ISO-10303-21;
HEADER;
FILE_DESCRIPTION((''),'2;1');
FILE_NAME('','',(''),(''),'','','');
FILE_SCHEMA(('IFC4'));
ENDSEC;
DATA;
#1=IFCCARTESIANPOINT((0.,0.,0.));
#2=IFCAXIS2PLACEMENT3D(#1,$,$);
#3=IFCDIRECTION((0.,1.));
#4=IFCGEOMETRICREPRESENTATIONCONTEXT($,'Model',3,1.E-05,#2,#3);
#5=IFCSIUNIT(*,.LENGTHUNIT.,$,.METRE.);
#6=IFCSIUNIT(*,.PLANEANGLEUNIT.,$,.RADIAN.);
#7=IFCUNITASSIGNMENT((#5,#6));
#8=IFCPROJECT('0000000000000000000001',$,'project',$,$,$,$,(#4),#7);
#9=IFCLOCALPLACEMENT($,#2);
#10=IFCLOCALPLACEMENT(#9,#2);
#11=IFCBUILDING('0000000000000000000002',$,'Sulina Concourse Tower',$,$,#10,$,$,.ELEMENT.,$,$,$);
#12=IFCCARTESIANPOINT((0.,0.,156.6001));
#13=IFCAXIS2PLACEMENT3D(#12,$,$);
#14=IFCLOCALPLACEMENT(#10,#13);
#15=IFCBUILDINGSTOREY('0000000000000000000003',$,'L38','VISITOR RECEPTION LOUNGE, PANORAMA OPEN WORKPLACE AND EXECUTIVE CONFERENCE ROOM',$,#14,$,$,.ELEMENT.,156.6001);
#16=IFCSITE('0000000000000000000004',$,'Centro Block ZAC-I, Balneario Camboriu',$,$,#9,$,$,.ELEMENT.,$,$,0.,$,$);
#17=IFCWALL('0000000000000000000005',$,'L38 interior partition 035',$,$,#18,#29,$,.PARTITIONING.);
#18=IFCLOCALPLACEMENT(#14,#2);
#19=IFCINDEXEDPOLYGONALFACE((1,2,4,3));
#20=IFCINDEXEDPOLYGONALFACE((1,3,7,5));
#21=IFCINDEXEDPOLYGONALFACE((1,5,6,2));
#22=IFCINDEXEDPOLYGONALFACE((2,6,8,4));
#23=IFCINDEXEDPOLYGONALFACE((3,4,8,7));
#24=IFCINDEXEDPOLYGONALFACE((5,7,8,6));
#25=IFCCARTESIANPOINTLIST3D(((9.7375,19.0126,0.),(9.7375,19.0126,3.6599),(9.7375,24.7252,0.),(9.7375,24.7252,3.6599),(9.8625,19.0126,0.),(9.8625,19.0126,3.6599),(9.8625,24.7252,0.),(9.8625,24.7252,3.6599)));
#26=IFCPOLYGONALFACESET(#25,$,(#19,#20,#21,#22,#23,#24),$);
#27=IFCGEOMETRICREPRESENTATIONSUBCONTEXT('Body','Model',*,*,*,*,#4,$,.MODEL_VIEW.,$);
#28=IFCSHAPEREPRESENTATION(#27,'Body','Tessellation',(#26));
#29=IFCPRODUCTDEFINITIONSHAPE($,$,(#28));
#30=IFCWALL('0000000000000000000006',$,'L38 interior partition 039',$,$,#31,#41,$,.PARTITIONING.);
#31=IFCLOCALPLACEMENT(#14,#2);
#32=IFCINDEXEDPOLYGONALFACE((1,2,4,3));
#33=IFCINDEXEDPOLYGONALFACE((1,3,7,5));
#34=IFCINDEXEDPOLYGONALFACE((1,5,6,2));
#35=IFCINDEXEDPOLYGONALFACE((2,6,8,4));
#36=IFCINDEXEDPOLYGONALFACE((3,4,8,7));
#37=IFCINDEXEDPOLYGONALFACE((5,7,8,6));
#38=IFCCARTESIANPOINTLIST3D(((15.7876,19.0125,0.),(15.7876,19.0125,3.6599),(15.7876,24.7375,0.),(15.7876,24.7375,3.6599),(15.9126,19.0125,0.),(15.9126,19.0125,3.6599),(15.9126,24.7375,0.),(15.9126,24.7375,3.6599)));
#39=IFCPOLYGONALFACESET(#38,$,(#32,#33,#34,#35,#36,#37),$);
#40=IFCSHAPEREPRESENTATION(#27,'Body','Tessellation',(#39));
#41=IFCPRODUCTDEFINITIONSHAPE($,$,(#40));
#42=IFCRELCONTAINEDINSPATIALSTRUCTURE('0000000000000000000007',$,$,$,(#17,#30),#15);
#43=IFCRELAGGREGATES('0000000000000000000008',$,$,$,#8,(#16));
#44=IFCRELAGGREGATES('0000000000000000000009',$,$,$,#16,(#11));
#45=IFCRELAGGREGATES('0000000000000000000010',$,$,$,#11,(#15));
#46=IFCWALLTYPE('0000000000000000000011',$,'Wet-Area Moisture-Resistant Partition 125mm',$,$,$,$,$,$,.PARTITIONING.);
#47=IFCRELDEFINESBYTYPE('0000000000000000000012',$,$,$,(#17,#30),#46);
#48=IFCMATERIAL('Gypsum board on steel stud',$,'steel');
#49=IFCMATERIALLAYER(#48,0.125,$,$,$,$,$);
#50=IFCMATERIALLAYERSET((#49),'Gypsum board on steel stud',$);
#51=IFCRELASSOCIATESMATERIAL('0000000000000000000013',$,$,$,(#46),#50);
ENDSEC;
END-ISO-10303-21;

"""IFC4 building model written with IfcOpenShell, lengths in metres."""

from ifc_helpers import new_model, si_unit, direction, frame, frame_2d, origin, place, context, subcontext, project, spatial, rectangle, extrude, material, layer, layer_set, type_object, element, save


model = new_model("IFC4")

# Units and contexts
model_context = context("Model", 3, precision=1e-05, world=origin(), true_north=direction((0.0, 1.0)))
body_context = subcontext(model_context, "Body", "Model", "MODEL_VIEW")
ifc_project = project(units=[si_unit("LENGTHUNIT", "METRE"), si_unit("PLANEANGLEUNIT", "RADIAN")], contexts=[model_context])

# Site, building, storey
site_placement = place(None, origin())
site = spatial("IfcSite", under=ifc_project, at=site_placement, Name="Centro Block ZAC-I, Balneario Camboriu", CompositionType="ELEMENT", RefElevation=0.0)
building_placement = place(site_placement, origin())
building = spatial("IfcBuilding", under=site, at=building_placement, Name="Sulina Concourse Tower", CompositionType="ELEMENT")
storey_placement = place(building_placement, frame((0.0, 0.0, 156.6001)))
storey = spatial("IfcBuildingStorey", under=building, at=storey_placement, Name="L38", Description="VISITOR RECEPTION LOUNGE, PANORAMA OPEN WORKPLACE AND EXECUTIVE CONFERENCE ROOM", CompositionType="ELEMENT", Elevation=156.6001)

# Shared definitions
ifc_material_1 = material(Name="Gypsum board on steel stud", Category="steel")
ifc_layer_1 = layer(ifc_material_1, 0.125)
ifc_layer_set_1 = layer_set([ifc_layer_1], Name="Gypsum board on steel stud")
wall_type_1 = type_object("IfcWallType", Name="Wet-Area Moisture-Resistant Partition 125mm", PredefinedType="PARTITIONING", material=ifc_layer_set_1)

# Walls
wall_1_placement = place(storey_placement, frame((9.8, 19.0125, 0.0), z_axis=(0.0, 0.0, 1.0), x_axis=(0.0, 1.0, 0.0)))
element("IfcWall", 1, at=wall_1_placement, inside=storey, type_object=wall_type_1, Name="L38 interior partition 035", PredefinedType="PARTITIONING", context=body_context, shape_type="SweptSolid", body=[
    extrude(rectangle(XDim=5.7126, YDim=0.125, at=frame_2d((2.8564, 0.0))), origin(), (0.0, 0.0, 1.0), 3.6599),
])
wall_2_placement = place(storey_placement, frame((15.8501, 19.0125, 0.0), z_axis=(0.0, 0.0, 1.0), x_axis=(0.0, 1.0, 0.0)))
element("IfcWall", 2, at=wall_2_placement, inside=storey, type_object=wall_type_1, Name="L38 interior partition 039", PredefinedType="PARTITIONING", context=body_context, shape_type="SweptSolid", body=[
    extrude(rectangle(XDim=5.7251, YDim=0.125, at=frame_2d((2.8625, 0.0))), origin(), (0.0, 0.0, 1.0), 3.6599),
])

save(model, "model.ifc")
